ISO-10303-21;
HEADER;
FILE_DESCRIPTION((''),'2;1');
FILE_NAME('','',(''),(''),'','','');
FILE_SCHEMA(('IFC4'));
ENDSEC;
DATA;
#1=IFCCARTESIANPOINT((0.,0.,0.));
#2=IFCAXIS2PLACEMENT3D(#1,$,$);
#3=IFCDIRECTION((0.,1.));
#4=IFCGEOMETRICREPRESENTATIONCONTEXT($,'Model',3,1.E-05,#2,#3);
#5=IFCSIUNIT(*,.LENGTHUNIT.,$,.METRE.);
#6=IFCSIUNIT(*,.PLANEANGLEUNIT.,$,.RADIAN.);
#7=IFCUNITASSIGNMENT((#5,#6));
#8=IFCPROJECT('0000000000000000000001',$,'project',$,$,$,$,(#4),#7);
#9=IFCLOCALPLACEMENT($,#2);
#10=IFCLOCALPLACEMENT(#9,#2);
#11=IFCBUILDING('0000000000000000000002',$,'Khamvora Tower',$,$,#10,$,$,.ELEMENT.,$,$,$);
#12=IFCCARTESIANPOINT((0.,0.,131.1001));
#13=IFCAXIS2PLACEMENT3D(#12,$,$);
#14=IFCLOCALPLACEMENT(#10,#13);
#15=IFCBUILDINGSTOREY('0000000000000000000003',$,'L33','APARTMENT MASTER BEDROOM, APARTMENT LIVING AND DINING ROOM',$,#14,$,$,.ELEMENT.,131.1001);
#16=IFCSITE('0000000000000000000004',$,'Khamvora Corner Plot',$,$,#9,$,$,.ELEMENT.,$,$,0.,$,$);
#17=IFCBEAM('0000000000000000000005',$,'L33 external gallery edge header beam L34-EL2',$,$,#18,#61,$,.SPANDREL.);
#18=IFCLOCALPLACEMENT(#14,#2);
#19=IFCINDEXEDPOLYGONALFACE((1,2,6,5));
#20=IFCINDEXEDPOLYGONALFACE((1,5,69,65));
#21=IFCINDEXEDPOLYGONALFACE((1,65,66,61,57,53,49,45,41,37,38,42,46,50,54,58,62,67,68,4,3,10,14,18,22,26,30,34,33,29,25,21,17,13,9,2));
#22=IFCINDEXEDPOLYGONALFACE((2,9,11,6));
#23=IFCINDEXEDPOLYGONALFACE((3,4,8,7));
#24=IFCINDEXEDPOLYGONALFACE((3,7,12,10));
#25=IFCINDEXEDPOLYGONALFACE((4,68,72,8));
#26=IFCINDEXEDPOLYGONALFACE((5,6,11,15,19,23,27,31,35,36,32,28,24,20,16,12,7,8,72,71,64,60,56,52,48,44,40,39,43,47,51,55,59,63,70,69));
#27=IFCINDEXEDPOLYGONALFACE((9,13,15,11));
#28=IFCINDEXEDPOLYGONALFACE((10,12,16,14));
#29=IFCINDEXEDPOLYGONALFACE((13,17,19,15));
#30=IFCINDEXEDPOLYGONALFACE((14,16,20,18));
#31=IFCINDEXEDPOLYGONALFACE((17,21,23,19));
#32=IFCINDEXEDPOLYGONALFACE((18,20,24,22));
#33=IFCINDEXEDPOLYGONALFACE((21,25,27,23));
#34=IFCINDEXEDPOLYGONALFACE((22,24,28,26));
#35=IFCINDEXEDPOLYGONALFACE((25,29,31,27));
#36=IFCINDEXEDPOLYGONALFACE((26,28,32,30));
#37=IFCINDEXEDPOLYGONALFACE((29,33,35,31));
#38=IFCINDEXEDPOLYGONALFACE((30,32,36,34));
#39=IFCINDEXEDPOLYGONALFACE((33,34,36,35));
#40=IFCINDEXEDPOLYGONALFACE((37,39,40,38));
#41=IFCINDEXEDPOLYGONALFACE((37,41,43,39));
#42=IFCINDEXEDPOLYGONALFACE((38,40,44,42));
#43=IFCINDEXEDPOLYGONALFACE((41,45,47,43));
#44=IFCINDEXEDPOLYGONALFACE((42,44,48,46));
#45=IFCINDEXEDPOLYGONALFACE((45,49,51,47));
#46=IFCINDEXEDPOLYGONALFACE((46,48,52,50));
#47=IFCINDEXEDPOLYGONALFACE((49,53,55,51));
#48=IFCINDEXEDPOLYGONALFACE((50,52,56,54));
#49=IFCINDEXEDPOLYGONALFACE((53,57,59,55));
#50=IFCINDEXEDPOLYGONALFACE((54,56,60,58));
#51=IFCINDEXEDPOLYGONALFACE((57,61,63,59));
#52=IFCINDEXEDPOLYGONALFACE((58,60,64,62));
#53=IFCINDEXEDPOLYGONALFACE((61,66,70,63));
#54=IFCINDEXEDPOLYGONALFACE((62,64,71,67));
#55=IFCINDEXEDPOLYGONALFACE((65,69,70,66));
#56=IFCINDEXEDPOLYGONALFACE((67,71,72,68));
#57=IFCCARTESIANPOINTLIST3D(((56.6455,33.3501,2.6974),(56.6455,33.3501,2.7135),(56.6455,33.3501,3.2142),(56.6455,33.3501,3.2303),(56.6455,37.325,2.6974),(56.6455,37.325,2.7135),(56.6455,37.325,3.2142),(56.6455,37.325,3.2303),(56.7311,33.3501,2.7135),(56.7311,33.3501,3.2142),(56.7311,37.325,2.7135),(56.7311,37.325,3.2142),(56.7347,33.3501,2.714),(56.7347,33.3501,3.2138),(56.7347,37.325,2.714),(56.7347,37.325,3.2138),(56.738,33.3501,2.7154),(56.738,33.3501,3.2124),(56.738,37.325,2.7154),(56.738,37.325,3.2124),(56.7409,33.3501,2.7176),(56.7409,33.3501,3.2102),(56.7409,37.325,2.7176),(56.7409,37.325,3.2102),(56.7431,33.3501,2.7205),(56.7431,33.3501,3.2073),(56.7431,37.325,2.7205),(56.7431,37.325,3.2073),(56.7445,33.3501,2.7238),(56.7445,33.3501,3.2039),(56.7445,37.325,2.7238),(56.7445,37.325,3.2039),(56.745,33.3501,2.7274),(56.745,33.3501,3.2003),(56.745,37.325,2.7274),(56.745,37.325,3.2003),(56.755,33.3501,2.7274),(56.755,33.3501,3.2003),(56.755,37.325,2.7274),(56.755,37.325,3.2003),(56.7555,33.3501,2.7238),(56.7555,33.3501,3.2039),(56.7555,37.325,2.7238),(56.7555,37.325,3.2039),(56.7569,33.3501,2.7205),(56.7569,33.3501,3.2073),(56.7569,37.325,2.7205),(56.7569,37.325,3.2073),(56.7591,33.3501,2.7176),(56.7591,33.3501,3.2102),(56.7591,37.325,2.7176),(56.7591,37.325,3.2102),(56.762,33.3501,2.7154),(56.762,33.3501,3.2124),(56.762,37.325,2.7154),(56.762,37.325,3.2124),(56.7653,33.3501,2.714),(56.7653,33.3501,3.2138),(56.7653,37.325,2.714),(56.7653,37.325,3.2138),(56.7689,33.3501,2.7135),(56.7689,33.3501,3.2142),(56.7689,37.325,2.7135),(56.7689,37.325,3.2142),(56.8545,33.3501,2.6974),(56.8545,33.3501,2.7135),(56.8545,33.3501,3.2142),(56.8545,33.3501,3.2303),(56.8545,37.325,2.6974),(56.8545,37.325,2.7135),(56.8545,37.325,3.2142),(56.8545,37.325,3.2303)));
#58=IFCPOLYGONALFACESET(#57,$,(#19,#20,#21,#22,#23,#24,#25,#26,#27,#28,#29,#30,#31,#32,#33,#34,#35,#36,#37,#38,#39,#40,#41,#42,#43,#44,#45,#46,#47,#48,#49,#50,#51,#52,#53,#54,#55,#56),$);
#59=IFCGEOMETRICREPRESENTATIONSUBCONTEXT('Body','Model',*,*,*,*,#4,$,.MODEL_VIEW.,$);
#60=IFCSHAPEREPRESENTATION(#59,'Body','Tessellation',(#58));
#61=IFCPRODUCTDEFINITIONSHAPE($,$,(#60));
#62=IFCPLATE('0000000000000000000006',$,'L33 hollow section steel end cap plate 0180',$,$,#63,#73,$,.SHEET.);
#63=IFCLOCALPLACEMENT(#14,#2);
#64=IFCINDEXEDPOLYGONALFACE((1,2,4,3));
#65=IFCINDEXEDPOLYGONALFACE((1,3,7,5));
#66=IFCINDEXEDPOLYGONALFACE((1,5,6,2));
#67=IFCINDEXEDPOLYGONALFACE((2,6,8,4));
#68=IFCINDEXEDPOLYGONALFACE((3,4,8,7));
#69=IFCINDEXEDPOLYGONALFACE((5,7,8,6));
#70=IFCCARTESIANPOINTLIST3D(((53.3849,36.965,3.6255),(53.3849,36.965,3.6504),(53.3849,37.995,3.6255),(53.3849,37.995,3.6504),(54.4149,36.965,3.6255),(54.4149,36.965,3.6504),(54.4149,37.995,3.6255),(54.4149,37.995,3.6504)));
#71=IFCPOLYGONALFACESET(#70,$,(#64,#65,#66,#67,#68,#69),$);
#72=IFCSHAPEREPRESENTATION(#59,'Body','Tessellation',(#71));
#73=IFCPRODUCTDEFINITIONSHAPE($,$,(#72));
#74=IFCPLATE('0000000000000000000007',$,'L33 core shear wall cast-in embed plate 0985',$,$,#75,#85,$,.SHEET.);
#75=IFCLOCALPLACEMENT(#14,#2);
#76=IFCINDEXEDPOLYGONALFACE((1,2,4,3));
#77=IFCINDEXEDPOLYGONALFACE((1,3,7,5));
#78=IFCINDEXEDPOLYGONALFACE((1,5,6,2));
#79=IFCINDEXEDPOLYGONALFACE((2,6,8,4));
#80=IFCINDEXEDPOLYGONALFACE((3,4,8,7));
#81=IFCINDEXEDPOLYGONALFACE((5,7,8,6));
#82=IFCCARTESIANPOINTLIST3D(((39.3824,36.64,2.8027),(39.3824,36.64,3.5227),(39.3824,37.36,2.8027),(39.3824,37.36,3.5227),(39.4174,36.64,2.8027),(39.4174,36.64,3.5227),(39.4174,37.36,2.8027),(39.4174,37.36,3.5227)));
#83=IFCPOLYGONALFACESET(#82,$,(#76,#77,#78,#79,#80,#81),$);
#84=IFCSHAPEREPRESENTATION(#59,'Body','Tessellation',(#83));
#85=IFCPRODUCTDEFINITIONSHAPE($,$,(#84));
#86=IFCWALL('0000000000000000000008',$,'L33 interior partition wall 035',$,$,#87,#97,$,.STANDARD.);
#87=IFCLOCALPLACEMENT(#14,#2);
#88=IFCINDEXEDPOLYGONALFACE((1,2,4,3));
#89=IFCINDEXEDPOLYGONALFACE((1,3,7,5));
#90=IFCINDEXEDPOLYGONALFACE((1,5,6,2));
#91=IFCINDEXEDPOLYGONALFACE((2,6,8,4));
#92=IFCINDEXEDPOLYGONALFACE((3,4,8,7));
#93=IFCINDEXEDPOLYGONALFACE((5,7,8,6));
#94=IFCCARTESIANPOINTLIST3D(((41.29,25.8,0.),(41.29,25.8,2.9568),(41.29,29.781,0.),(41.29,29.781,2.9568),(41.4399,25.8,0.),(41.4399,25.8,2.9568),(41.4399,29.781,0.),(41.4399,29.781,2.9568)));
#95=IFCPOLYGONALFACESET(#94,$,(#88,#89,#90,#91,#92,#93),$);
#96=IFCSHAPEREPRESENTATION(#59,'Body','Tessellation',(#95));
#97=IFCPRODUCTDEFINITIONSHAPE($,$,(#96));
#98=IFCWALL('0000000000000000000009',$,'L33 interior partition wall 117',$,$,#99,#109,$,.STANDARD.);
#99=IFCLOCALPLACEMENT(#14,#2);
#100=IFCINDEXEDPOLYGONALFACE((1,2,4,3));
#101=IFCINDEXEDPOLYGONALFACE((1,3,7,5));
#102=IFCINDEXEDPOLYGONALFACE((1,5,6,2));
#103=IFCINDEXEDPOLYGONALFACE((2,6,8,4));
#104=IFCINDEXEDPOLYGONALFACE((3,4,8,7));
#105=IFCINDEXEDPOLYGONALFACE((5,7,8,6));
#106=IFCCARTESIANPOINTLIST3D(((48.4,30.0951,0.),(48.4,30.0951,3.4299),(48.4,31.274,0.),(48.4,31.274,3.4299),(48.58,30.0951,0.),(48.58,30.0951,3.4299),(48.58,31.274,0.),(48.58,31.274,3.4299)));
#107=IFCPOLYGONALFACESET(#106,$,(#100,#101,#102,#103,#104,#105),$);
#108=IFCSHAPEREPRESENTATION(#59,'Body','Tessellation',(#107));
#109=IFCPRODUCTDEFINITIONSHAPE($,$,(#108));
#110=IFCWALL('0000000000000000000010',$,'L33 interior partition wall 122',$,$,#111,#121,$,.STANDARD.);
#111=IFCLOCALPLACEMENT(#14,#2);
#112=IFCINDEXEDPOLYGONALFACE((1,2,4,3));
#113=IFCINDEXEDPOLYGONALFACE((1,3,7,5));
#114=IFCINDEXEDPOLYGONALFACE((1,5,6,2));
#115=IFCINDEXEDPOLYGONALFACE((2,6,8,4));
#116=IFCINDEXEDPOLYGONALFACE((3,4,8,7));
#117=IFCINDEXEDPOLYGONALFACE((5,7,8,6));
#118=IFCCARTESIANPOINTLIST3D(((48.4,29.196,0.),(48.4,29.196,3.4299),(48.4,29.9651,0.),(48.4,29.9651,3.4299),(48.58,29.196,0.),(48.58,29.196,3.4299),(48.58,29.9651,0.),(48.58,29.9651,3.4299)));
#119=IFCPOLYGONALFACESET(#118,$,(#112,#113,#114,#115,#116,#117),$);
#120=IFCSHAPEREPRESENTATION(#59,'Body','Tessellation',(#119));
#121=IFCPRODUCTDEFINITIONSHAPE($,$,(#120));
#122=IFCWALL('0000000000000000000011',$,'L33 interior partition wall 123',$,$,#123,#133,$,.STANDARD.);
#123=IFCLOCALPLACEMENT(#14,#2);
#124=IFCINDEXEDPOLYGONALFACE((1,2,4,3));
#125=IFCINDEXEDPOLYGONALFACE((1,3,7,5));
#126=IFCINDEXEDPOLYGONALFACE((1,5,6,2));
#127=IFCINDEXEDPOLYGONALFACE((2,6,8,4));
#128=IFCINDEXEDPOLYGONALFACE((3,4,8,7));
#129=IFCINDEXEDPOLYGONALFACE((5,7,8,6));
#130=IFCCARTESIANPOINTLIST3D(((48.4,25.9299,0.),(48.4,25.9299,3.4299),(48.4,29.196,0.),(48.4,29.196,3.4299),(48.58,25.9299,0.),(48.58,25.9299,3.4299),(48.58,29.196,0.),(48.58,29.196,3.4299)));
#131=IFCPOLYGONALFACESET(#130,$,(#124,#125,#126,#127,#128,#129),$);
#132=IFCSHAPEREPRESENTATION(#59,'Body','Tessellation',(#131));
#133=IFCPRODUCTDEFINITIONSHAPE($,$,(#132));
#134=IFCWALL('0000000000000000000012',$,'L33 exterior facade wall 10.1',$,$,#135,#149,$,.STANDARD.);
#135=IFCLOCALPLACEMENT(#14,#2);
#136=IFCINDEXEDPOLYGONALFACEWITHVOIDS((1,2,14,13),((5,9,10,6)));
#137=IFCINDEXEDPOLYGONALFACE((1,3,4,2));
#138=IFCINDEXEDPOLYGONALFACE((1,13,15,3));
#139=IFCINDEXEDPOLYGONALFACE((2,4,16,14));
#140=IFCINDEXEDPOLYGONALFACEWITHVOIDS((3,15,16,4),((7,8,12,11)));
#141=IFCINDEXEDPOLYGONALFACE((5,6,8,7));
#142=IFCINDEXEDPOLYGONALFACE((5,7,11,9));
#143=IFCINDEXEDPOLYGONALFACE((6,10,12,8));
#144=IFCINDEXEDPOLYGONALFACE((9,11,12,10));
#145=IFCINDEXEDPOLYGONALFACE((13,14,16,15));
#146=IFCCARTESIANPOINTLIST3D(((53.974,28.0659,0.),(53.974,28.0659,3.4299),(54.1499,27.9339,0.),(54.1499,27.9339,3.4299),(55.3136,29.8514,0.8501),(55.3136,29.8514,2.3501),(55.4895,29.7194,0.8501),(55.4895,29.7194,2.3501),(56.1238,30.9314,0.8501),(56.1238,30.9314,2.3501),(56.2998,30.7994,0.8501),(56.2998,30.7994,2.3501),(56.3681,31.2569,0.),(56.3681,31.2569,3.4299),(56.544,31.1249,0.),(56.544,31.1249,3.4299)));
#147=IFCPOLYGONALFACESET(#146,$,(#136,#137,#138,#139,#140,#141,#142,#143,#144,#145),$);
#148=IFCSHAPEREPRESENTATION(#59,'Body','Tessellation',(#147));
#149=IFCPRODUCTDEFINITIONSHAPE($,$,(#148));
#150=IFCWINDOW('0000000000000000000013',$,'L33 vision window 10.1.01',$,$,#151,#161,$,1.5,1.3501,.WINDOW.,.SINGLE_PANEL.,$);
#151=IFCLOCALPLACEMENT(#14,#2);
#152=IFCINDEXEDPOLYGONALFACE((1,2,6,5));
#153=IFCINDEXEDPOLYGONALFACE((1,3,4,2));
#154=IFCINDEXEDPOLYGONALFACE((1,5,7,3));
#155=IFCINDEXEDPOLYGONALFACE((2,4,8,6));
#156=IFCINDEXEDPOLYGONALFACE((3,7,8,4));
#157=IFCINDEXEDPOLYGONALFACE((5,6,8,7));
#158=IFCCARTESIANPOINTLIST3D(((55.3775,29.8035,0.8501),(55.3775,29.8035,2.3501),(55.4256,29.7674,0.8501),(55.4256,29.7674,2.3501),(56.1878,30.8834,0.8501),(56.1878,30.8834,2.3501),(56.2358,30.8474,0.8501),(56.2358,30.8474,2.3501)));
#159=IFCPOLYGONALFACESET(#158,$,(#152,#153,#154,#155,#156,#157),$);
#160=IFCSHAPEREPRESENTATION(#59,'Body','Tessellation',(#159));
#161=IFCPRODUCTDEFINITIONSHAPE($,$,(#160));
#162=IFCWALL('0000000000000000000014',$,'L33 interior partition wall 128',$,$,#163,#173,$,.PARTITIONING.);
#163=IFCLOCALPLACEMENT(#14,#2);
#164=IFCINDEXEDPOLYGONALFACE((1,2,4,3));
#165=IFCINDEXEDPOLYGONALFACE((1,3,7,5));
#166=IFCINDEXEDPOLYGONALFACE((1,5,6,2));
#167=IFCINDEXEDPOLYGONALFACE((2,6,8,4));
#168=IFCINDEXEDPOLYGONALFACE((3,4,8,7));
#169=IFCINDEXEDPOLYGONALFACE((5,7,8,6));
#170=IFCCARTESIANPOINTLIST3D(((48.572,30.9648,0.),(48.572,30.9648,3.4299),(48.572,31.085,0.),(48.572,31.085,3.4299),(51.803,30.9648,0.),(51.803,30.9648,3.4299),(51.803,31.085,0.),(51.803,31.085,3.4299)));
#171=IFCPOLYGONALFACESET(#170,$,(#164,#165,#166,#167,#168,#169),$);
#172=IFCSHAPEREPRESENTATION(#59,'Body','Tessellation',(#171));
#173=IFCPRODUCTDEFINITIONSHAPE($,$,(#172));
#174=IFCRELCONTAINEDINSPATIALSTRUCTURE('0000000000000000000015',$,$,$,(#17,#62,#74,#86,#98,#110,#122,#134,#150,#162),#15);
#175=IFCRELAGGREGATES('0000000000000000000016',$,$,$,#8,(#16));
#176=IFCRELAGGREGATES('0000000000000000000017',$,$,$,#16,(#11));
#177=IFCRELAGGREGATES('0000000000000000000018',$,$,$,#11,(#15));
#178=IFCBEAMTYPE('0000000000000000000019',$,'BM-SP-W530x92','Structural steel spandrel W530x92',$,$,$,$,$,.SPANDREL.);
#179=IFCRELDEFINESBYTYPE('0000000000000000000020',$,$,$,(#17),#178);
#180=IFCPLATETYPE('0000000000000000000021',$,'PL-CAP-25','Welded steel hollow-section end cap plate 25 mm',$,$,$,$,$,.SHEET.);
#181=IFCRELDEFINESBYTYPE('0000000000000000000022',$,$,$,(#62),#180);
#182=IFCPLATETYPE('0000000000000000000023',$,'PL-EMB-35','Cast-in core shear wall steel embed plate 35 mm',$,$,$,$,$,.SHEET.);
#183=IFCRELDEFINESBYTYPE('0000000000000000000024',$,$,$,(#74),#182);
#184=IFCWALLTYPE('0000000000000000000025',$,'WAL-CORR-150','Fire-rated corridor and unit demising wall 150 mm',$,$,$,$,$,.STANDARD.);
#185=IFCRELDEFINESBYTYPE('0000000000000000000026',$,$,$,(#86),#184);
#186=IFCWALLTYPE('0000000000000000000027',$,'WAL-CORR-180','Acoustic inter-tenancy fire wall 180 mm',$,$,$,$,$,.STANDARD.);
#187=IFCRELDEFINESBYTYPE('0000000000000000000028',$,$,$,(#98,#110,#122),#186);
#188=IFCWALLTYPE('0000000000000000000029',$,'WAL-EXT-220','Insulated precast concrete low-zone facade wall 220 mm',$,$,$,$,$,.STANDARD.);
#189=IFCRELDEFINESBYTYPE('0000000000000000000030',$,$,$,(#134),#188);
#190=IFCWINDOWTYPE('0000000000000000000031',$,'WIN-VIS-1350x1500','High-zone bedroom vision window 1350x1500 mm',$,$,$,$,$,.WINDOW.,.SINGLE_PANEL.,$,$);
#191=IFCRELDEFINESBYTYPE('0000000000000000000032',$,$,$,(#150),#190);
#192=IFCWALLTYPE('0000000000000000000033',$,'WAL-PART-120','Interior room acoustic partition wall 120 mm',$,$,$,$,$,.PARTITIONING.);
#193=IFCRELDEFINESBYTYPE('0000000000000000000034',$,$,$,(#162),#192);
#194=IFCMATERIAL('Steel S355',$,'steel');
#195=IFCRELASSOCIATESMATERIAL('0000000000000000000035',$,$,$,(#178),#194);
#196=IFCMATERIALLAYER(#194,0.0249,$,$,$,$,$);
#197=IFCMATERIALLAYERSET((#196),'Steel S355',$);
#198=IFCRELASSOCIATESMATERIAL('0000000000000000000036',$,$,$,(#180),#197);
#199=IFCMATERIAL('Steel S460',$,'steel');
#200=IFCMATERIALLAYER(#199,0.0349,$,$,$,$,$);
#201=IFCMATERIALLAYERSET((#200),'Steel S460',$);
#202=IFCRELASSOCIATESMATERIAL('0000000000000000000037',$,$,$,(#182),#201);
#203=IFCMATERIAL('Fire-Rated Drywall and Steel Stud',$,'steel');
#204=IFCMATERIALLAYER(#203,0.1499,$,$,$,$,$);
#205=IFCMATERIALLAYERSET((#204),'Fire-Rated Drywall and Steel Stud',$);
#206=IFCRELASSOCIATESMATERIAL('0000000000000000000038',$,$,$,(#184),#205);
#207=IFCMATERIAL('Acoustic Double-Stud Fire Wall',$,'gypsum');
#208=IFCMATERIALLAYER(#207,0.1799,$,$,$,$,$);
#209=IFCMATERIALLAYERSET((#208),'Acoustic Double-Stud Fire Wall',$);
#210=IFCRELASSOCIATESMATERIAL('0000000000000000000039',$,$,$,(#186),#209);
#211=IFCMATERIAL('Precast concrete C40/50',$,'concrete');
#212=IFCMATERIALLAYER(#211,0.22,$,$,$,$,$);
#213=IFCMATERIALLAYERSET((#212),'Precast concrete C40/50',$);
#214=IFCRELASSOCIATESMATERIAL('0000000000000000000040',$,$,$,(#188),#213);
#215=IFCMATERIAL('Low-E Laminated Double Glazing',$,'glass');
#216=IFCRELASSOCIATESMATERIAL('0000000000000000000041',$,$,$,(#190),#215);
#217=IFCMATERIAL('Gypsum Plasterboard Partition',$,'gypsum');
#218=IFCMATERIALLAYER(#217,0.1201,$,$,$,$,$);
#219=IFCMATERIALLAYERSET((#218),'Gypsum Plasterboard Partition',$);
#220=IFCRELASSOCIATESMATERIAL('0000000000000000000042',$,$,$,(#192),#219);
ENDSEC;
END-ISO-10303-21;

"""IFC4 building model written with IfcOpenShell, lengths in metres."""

from ifc_helpers import new_model, si_unit, direction, frame, frame_2d, origin, origin_2d, place, context, subcontext, project, spatial, rectangle, i_section, extrude, material, layer, layer_set, material_profile, profile_set, type_object, element, fill, save


model = new_model("IFC4")

# Units and contexts
model_context = context("Model", 3, precision=1e-05, world=origin(), true_north=direction((0.0, 1.0)))
body_context = subcontext(model_context, "Body", "Model", "MODEL_VIEW")
ifc_project = project(units=[si_unit("LENGTHUNIT", "METRE"), si_unit("PLANEANGLEUNIT", "RADIAN")], contexts=[model_context])

# Site, building, storey
site_placement = place(None, origin())
site = spatial("IfcSite", under=ifc_project, at=site_placement, Name="Khamvora Corner Plot", CompositionType="ELEMENT", RefElevation=0.0)
building_placement = place(site_placement, origin())
building = spatial("IfcBuilding", under=site, at=building_placement, Name="Khamvora Tower", CompositionType="ELEMENT")
storey_placement = place(building_placement, frame((0.0, 0.0, 131.1001)))
storey = spatial("IfcBuildingStorey", under=building, at=storey_placement, Name="L33", Description="APARTMENT MASTER BEDROOM, APARTMENT LIVING AND DINING ROOM", CompositionType="ELEMENT", Elevation=131.1001)

# Shared definitions
ifc_material_1 = material(Name="Steel S355", Category="steel")

# Beam
ifc_material_profile_1 = material_profile(ifc_material_1, i_section(OverallWidth=0.209, OverallDepth=0.533, WebThickness=0.01, FlangeThickness=0.0161, FilletRadius=0.0139, at=origin_2d()), Name="W530x92")
ifc_profile_set_1 = profile_set([ifc_material_profile_1], Name="Steel S355")
beam_type_1 = type_object("IfcBeamType", Name="BM-SP-W530x92", Description="Structural steel spandrel W530x92", PredefinedType="SPANDREL", material=ifc_profile_set_1)
beam_1_placement = place(storey_placement, frame((56.75, 33.3501, 2.9639), z_axis=(0.0, 1.0, 0.0), x_axis=(-1.0, 0.0, 0.0)))
element("IfcBeam", 1, at=beam_1_placement, inside=storey, type_object=beam_type_1, Name="L33 external gallery edge header beam L34-EL2", PredefinedType="SPANDREL", context=body_context, shape_type="SweptSolid", body=[
    extrude(i_section(OverallWidth=0.209, OverallDepth=0.533, WebThickness=0.01, FlangeThickness=0.0161, FilletRadius=0.0139, at=origin_2d()), origin(), (0.0, 0.0, 1.0), 3.9749),
])

# Plates
ifc_layer_1 = layer(ifc_material_1, 0.0249)
ifc_layer_set_1 = layer_set([ifc_layer_1], Name="Steel S355")
plate_type_1 = type_object("IfcPlateType", Name="PL-CAP-25", Description="Welded steel hollow-section end cap plate 25 mm", PredefinedType="SHEET", material=ifc_layer_set_1)
plate_1_placement = place(storey_placement, frame((53.8999, 37.48, 3.6255), z_axis=(0.0, 0.0, 1.0), x_axis=(1.0, 0.0, 0.0)))
element("IfcPlate", 2, at=plate_1_placement, inside=storey, type_object=plate_type_1, Name="L33 hollow section steel end cap plate 0180", PredefinedType="SHEET", context=body_context, shape_type="SweptSolid", body=[
    extrude(rectangle(XDim=1.03, YDim=1.03, at=origin_2d()), origin(), (0.0, 0.0, 1.0), 0.0249),
])
ifc_material_2 = material(Name="Steel S460", Category="steel")
ifc_layer_2 = layer(ifc_material_2, 0.0349)
ifc_layer_set_2 = layer_set([ifc_layer_2], Name="Steel S460")
plate_type_2 = type_object("IfcPlateType", Name="PL-EMB-35", Description="Cast-in core shear wall steel embed plate 35 mm", PredefinedType="SHEET", material=ifc_layer_set_2)
plate_2_placement = place(storey_placement, frame((39.3999, 37.0, 2.8027), z_axis=(0.0, 0.0, 1.0), x_axis=(1.0, 0.0, 0.0)))
element("IfcPlate", 3, at=plate_2_placement, inside=storey, type_object=plate_type_2, Name="L33 core shear wall cast-in embed plate 0985", PredefinedType="SHEET", context=body_context, shape_type="SweptSolid", body=[
    extrude(rectangle(XDim=0.0349, YDim=0.72, at=origin_2d()), origin(), (0.0, 0.0, 1.0), 0.72),
])

# Walls
ifc_material_3 = material(Name="Fire-Rated Drywall and Steel Stud", Category="steel")
ifc_layer_3 = layer(ifc_material_3, 0.1499)
ifc_layer_set_3 = layer_set([ifc_layer_3], Name="Fire-Rated Drywall and Steel Stud")
wall_type_1 = type_object("IfcWallType", Name="WAL-CORR-150", Description="Fire-rated corridor and unit demising wall 150 mm", PredefinedType="STANDARD", material=ifc_layer_set_3)
wall_1_placement = place(storey_placement, frame((41.365, 29.781, 0.0), z_axis=(0.0, 0.0, 1.0), x_axis=(0.0, -1.0, 0.0)))
element("IfcWall", 4, at=wall_1_placement, inside=storey, type_object=wall_type_1, Name="L33 interior partition wall 035", PredefinedType="STANDARD", context=body_context, shape_type="SweptSolid", body=[
    extrude(rectangle(XDim=3.981, YDim=0.1499, at=frame_2d((1.9905, 0.0))), origin(), (0.0, 0.0, 1.0), 2.9568),
])
ifc_material_4 = material(Name="Acoustic Double-Stud Fire Wall", Category="gypsum")
ifc_layer_4 = layer(ifc_material_4, 0.1799)
ifc_layer_set_4 = layer_set([ifc_layer_4], Name="Acoustic Double-Stud Fire Wall")
wall_type_2 = type_object("IfcWallType", Name="WAL-CORR-180", Description="Acoustic inter-tenancy fire wall 180 mm", PredefinedType="STANDARD", material=ifc_layer_set_4)
wall_2_placement = place(storey_placement, frame((48.49, 31.2739, 0.0), z_axis=(0.0, 0.0, 1.0), x_axis=(0.0, -1.0, 0.0)))
element("IfcWall", 5, at=wall_2_placement, inside=storey, type_object=wall_type_2, Name="L33 interior partition wall 117", PredefinedType="STANDARD", context=body_context, shape_type="SweptSolid", body=[
    extrude(rectangle(XDim=1.179, YDim=0.1799, at=frame_2d((0.5894, 0.0))), origin(), (0.0, 0.0, 1.0), 3.4299),
])
wall_3_placement = place(storey_placement, frame((48.49, 29.9651, 0.0), z_axis=(0.0, 0.0, 1.0), x_axis=(0.0, -1.0, 0.0)))
element("IfcWall", 6, at=wall_3_placement, inside=storey, type_object=wall_type_2, Name="L33 interior partition wall 122", PredefinedType="STANDARD", context=body_context, shape_type="SweptSolid", body=[
    extrude(rectangle(XDim=0.769, YDim=0.1799, at=frame_2d((0.3845, 0.0))), origin(), (0.0, 0.0, 1.0), 3.4299),
])
wall_4_placement = place(storey_placement, frame((48.49, 29.196, 0.0), z_axis=(0.0, 0.0, 1.0), x_axis=(0.0, -1.0, 0.0)))
element("IfcWall", 7, at=wall_4_placement, inside=storey, type_object=wall_type_2, Name="L33 interior partition wall 123", PredefinedType="STANDARD", context=body_context, shape_type="SweptSolid", body=[
    extrude(rectangle(XDim=3.2661, YDim=0.1799, at=frame_2d((1.6331, 0.0))), origin(), (0.0, 0.0, 1.0), 3.4299),
])

# Wall, opening, window
ifc_material_5 = material(Name="Precast concrete C40/50", Category="concrete")
ifc_layer_5 = layer(ifc_material_5, 0.22)
ifc_layer_set_5 = layer_set([ifc_layer_5], Name="Precast concrete C40/50")
wall_type_3 = type_object("IfcWallType", Name="WAL-EXT-220", Description="Insulated precast concrete low-zone facade wall 220 mm", PredefinedType="STANDARD", material=ifc_layer_set_5)
wall_5_placement = place(storey_placement, frame((56.4561, 31.1909, 0.0), z_axis=(0.0, 0.0, 1.0), x_axis=(-0.600137, -0.799897, 0.0)))
wall_5 = element("IfcWall", 8, at=wall_5_placement, inside=storey, type_object=wall_type_3, Name="L33 exterior facade wall 10.1", PredefinedType="STANDARD", context=body_context, shape_type="SweptSolid", body=[
    extrude(rectangle(XDim=3.9893, YDim=0.22, at=frame_2d((1.9946, 0.0))), origin(), (0.0, 0.0, 1.0), 3.4299),
])
opening_1_placement = place(wall_5_placement, frame((0.407, 0.0, 0.8501)))
opening_1 = element("IfcOpeningElement", 9, at=opening_1_placement, cuts=wall_5, PredefinedType="OPENING", context=body_context, shape_type="SweptSolid", body=[
    extrude(rectangle(XDim=1.3501, YDim=1.5, at=frame_2d((0.675, 0.75))), frame((0.0, 0.1199, 0.0), z_axis=(0.0, -1.0, 0.0), x_axis=(1.0, 0.0, 0.0)), (0.0, 0.0, 1.0), 0.24),
])
ifc_material_6 = material(Name="Low-E Laminated Double Glazing", Category="glass")
window_type = type_object("IfcWindowType", Name="WIN-VIS-1350x1500", Description="High-zone bedroom vision window 1350x1500 mm", PartitioningType="SINGLE_PANEL", PredefinedType="WINDOW", material=ifc_material_6)
window_placement = place(opening_1_placement, origin())
window = element("IfcWindow", 10, at=window_placement, inside=storey, type_object=window_type, Name="L33 vision window 10.1.01", OverallHeight=1.5, OverallWidth=1.3501, PartitioningType="SINGLE_PANEL", PredefinedType="WINDOW", context=body_context, shape_type="SweptSolid", body=[
    extrude(rectangle(XDim=1.3501, YDim=1.5, at=frame_2d((0.675, 0.75))), frame((0.0, 0.03, 0.0), z_axis=(0.0, -1.0, 0.0), x_axis=(1.0, 0.0, 0.0)), (0.0, 0.0, 1.0), 0.0601),
])
fill(opening_1, window)

# Wall
ifc_material_7 = material(Name="Gypsum Plasterboard Partition", Category="gypsum")
ifc_layer_6 = layer(ifc_material_7, 0.1201)
ifc_layer_set_6 = layer_set([ifc_layer_6], Name="Gypsum Plasterboard Partition")
wall_type_4 = type_object("IfcWallType", Name="WAL-PART-120", Description="Interior room acoustic partition wall 120 mm", PredefinedType="PARTITIONING", material=ifc_layer_set_6)
wall_6_placement = place(storey_placement, frame((48.572, 31.0249, 0.0), z_axis=(0.0, 0.0, 1.0), x_axis=(1.0, 0.0, 0.0)))
element("IfcWall", 11, at=wall_6_placement, inside=storey, type_object=wall_type_4, Name="L33 interior partition wall 128", PredefinedType="PARTITIONING", context=body_context, shape_type="SweptSolid", body=[
    extrude(rectangle(XDim=3.231, YDim=0.1201, at=frame_2d((1.6155, 0.0))), origin(), (0.0, 0.0, 1.0), 3.4299),
])

save(model, "model.ifc")
